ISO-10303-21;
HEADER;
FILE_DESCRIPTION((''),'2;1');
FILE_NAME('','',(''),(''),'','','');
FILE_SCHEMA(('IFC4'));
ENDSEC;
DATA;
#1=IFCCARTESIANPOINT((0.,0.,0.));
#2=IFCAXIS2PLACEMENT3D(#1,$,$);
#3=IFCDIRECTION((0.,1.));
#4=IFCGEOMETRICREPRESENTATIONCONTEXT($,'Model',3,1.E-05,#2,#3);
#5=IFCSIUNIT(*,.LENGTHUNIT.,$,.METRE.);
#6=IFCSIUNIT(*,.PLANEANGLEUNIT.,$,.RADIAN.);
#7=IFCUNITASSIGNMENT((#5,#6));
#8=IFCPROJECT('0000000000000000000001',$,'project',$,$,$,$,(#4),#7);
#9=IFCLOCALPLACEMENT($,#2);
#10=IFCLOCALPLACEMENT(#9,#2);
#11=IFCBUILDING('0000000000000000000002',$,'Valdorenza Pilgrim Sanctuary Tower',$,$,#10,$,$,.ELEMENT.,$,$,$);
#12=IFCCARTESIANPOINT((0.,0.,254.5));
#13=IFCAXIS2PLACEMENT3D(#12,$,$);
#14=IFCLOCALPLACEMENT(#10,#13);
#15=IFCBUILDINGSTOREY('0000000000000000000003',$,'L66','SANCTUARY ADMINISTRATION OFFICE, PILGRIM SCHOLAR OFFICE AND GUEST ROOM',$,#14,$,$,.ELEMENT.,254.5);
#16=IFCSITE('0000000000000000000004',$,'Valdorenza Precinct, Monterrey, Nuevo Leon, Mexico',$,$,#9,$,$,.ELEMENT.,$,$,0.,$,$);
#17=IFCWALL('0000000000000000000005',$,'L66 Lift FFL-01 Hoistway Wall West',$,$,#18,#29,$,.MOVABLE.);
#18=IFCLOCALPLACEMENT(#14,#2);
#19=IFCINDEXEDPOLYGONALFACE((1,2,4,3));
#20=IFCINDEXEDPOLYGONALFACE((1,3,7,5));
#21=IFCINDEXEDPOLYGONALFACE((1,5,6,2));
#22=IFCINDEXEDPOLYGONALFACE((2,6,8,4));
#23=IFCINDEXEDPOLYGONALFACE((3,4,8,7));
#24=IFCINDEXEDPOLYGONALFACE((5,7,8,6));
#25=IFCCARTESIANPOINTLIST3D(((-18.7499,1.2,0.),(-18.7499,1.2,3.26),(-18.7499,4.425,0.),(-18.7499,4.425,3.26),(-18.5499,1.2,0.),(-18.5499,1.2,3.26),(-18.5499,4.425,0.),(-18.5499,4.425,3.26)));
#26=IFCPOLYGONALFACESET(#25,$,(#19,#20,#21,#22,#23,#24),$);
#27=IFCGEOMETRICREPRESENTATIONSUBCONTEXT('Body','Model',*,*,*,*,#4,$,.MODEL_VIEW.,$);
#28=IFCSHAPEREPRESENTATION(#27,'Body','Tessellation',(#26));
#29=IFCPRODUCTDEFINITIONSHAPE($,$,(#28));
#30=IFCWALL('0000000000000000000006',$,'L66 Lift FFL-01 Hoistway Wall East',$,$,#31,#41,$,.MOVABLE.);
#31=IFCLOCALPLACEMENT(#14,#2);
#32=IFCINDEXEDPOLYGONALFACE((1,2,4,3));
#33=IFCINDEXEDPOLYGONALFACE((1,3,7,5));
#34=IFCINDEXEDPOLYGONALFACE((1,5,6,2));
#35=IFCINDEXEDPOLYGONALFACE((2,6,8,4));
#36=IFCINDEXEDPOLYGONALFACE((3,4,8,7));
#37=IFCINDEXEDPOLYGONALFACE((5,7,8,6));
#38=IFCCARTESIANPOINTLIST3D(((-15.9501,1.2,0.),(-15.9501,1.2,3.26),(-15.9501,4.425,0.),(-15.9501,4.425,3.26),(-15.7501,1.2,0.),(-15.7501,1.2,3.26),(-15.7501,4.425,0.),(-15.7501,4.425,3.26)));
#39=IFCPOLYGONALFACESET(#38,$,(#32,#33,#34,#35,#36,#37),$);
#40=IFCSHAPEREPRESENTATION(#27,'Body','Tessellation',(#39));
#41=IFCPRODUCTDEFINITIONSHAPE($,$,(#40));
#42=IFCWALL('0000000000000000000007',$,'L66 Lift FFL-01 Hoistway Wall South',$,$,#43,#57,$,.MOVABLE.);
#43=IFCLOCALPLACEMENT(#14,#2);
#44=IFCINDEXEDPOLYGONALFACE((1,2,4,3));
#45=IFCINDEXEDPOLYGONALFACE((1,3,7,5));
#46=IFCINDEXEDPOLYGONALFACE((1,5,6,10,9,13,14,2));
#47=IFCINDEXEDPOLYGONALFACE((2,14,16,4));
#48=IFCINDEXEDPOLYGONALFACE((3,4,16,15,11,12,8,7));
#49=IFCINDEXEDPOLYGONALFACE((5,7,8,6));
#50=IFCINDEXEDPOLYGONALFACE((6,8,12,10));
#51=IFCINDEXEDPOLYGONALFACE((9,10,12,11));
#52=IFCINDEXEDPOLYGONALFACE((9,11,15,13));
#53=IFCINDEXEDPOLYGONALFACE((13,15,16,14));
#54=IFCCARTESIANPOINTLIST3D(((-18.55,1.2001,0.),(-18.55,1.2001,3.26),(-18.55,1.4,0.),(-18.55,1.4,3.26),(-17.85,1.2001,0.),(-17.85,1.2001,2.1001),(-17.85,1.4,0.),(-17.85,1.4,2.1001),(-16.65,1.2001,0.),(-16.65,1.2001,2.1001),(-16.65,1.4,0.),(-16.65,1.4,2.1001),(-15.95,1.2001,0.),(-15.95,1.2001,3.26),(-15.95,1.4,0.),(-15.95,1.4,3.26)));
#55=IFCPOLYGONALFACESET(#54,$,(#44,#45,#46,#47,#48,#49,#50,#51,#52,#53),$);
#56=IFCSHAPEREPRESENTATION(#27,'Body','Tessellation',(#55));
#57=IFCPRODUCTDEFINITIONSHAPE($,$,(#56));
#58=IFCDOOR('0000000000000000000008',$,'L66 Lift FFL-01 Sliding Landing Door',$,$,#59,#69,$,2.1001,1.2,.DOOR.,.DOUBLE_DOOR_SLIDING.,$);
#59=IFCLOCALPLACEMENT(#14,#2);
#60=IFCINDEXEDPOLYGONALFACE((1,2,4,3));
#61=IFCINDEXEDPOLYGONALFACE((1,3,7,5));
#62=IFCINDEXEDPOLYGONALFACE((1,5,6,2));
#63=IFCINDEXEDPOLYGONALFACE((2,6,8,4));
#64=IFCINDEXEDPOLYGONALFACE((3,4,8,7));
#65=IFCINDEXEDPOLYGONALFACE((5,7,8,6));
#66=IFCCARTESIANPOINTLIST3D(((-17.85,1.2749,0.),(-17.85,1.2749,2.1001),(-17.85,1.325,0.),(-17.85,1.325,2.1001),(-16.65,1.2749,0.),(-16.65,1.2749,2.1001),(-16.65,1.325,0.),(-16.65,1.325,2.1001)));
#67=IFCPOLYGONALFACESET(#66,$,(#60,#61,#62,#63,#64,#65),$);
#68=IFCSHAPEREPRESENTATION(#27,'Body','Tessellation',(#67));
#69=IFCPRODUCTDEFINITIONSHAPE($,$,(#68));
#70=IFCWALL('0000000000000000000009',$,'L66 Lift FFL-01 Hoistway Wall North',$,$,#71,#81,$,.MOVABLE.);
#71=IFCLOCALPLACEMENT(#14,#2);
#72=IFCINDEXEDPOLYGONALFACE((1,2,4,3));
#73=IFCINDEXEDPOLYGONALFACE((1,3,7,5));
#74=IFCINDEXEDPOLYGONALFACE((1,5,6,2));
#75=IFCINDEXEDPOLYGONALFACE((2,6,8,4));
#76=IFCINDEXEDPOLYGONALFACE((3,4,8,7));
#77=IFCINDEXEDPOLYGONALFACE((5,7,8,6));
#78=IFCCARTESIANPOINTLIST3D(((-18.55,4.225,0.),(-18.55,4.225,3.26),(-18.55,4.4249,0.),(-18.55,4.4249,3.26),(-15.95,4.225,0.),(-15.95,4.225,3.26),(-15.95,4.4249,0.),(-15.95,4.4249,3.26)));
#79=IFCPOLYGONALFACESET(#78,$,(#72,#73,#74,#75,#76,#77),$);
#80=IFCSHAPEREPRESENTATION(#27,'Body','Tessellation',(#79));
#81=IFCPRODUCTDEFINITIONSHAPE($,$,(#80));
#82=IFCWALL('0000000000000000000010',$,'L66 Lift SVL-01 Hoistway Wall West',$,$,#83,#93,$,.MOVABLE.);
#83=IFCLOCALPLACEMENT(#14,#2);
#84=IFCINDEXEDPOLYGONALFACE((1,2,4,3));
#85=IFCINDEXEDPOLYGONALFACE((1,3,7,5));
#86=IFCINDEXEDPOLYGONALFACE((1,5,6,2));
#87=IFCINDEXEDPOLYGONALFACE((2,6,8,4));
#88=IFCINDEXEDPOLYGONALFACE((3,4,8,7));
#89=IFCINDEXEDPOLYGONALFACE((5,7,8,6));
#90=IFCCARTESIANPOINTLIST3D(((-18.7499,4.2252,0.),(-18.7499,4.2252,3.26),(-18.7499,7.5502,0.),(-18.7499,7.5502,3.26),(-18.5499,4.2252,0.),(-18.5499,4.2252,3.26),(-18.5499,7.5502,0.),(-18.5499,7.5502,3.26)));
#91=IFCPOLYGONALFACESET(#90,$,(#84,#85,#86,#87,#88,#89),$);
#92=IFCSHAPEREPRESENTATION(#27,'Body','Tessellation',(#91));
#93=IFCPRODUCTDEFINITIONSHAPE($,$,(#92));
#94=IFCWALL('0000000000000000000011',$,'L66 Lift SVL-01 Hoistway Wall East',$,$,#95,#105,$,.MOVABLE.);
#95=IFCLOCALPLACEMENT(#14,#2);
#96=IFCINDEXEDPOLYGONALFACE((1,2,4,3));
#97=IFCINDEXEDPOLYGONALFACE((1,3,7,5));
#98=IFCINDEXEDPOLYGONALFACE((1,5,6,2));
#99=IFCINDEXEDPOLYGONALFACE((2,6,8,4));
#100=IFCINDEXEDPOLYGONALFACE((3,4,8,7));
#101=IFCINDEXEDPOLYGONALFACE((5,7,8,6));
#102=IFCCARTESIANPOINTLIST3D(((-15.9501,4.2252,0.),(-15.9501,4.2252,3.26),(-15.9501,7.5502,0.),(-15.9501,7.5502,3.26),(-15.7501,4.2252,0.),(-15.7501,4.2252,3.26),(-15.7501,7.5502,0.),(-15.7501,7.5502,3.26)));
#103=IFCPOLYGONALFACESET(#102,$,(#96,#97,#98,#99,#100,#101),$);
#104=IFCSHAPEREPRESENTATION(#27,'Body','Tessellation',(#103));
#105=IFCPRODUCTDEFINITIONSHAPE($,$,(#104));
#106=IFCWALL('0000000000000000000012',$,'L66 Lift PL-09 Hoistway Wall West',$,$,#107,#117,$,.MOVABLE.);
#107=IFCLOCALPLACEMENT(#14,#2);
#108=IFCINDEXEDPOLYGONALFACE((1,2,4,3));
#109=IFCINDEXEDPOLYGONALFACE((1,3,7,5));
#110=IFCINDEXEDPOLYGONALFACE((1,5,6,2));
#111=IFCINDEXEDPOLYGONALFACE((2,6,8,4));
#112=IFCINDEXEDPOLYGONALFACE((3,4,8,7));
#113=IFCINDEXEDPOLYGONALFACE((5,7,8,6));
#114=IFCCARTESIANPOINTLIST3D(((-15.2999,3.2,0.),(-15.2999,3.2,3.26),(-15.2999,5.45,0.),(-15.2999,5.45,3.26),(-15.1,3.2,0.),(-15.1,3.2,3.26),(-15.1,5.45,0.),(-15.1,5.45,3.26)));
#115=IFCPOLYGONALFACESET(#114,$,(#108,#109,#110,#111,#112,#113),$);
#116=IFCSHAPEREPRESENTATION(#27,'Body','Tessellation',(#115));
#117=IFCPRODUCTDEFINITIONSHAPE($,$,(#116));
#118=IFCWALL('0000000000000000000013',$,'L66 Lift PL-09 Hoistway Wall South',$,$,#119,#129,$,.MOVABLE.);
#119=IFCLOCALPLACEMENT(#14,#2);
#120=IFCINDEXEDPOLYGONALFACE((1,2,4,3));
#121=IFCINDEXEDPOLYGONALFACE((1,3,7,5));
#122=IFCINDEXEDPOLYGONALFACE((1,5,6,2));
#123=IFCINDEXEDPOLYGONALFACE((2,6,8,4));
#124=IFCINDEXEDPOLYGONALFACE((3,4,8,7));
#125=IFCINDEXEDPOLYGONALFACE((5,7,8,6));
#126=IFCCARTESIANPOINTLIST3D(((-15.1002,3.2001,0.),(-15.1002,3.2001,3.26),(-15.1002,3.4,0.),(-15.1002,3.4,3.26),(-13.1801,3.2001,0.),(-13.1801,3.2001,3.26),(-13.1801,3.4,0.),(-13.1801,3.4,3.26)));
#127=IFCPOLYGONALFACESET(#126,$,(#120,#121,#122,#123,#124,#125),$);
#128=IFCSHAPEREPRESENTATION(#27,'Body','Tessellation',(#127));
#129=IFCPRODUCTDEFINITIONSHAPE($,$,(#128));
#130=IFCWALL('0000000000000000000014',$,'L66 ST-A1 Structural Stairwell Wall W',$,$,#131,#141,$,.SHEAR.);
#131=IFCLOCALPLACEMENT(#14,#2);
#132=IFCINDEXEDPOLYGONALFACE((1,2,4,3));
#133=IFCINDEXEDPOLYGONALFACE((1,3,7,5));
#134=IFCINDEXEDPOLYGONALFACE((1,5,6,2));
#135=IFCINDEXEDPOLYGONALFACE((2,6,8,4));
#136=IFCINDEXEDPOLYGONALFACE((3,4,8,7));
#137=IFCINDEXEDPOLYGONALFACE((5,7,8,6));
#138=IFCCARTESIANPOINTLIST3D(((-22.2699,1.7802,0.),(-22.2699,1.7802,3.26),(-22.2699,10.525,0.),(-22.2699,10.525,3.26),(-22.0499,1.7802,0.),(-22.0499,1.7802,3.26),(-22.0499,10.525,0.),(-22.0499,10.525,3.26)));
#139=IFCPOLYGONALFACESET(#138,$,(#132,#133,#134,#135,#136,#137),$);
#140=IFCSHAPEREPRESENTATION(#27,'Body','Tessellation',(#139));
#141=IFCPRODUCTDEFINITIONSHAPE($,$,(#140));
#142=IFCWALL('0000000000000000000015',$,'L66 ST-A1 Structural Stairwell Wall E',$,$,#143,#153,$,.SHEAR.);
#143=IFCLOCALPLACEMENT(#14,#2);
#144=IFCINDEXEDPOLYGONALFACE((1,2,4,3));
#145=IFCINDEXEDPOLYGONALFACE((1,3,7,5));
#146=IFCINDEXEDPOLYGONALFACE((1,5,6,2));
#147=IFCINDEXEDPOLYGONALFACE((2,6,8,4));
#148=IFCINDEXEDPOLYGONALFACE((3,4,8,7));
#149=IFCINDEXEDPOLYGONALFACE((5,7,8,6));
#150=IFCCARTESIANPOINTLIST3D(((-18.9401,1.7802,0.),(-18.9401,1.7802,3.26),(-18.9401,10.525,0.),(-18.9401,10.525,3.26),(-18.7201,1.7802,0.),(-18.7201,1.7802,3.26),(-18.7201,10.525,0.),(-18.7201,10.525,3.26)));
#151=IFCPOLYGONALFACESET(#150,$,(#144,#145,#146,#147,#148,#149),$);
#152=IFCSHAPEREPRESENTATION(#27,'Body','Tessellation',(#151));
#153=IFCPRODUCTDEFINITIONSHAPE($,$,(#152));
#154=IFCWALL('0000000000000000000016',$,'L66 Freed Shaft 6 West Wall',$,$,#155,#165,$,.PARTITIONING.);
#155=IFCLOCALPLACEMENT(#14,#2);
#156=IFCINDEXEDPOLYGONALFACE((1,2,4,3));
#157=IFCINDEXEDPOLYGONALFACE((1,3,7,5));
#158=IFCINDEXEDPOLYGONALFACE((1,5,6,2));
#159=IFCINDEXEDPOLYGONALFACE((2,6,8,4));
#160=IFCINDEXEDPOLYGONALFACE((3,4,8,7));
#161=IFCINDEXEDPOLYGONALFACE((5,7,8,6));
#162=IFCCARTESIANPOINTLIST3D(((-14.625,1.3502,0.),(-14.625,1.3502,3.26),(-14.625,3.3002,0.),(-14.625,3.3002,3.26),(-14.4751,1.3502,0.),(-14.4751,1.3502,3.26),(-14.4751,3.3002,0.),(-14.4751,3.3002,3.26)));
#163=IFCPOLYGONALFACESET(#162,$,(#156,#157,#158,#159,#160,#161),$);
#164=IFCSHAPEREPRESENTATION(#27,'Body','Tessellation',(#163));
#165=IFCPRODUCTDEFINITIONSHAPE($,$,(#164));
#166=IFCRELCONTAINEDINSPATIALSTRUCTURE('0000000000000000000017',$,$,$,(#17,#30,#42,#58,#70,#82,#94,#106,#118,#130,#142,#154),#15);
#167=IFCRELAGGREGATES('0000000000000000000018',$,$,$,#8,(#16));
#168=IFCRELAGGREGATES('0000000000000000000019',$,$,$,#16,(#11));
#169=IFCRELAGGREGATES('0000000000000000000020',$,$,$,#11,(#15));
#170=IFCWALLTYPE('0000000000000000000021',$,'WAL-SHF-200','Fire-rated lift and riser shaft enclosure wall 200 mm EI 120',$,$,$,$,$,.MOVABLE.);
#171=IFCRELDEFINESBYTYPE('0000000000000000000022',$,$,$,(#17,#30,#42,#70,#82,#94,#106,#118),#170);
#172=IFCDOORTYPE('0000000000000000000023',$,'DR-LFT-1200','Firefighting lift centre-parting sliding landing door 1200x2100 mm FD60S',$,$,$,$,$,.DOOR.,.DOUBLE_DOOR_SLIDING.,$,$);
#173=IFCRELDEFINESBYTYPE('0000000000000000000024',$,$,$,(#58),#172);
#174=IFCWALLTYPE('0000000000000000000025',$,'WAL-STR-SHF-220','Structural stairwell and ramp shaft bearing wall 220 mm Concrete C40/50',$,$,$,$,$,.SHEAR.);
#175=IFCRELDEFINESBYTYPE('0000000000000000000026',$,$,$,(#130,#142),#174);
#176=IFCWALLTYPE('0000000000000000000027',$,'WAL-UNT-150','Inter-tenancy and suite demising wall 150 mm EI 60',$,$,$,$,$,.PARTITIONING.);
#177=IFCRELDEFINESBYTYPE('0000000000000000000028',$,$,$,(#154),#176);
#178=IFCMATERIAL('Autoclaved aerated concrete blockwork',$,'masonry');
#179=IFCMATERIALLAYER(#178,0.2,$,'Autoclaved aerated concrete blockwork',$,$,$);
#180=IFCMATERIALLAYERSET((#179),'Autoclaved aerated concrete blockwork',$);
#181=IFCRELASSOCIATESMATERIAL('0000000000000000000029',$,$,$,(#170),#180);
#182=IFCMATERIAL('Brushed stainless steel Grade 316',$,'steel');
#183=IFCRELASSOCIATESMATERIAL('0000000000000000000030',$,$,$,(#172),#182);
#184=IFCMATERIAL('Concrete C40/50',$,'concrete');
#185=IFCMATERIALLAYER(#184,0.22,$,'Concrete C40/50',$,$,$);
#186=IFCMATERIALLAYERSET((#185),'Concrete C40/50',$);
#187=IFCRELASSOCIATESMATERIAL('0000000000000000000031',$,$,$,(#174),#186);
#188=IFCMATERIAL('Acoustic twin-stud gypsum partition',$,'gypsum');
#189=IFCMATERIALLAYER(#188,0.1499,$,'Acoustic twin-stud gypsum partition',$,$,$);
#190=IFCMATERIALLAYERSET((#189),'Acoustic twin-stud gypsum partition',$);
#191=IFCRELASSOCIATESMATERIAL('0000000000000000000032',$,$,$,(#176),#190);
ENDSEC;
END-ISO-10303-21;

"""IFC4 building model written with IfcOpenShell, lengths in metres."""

from ifc_helpers import new_model, si_unit, direction, frame, frame_2d, origin, place, context, subcontext, project, spatial, rectangle, extrude, material, layer, layer_set, type_object, element, fill, save


model = new_model("IFC4")

# Units and contexts
model_context = context("Model", 3, precision=1e-05, world=origin(), true_north=direction((0.0, 1.0)))
body_context = subcontext(model_context, "Body", "Model", "MODEL_VIEW")
ifc_project = project(units=[si_unit("LENGTHUNIT", "METRE"), si_unit("PLANEANGLEUNIT", "RADIAN")], contexts=[model_context])

# Site, building, storey
site_placement = place(None, origin())
site = spatial("IfcSite", under=ifc_project, at=site_placement, Name="Valdorenza Precinct, Monterrey, Nuevo Leon, Mexico", CompositionType="ELEMENT", RefElevation=0.0)
building_placement = place(site_placement, origin())
building = spatial("IfcBuilding", under=site, at=building_placement, Name="Valdorenza Pilgrim Sanctuary Tower", CompositionType="ELEMENT")
storey_placement = place(building_placement, frame((0.0, 0.0, 254.5)))
storey = spatial("IfcBuildingStorey", under=building, at=storey_placement, Name="L66", Description="SANCTUARY ADMINISTRATION OFFICE, PILGRIM SCHOLAR OFFICE AND GUEST ROOM", CompositionType="ELEMENT", Elevation=254.5)

# Walls
ifc_material_1 = material(Name="Autoclaved aerated concrete blockwork", Category="masonry")
ifc_layer_1 = layer(ifc_material_1, 0.2, Name="Autoclaved aerated concrete blockwork")
ifc_layer_set_1 = layer_set([ifc_layer_1], Name="Autoclaved aerated concrete blockwork")
wall_type_1 = type_object("IfcWallType", Name="WAL-SHF-200", Description="Fire-rated lift and riser shaft enclosure wall 200 mm EI 120", PredefinedType="MOVABLE", material=ifc_layer_set_1)
for number, where, z_axis, x_axis, name in (
    (1, (-18.6499, 1.2, 0.0), (0.0, 0.0, 1.0), (0.0, 1.0, 0.0), "L66 Lift FFL-01 Hoistway Wall West"),
    (2, (-15.8501, 1.2, 0.0), (0.0, 0.0, 1.0), (0.0, 1.0, 0.0), "L66 Lift FFL-01 Hoistway Wall East"),
):
    element("IfcWall", number, at=place(storey_placement, frame(where, z_axis=z_axis, x_axis=x_axis)), inside=storey, type_object=wall_type_1, Name=name, PredefinedType="MOVABLE", context=body_context, shape_type="SweptSolid", body=[
        extrude(rectangle(XDim=3.2251, YDim=0.2, at=frame_2d((1.6125, 0.0))), origin(), (0.0, 0.0, 1.0), 3.26),
    ])

# Wall, opening, door
wall_1_placement = place(storey_placement, frame((-18.55, 1.3, 0.0), z_axis=(0.0, 0.0, 1.0), x_axis=(1.0, 0.0, 0.0)))
wall_1 = element("IfcWall", 3, at=wall_1_placement, inside=storey, type_object=wall_type_1, Name="L66 Lift FFL-01 Hoistway Wall South", PredefinedType="MOVABLE", context=body_context, shape_type="SweptSolid", body=[
    extrude(rectangle(XDim=2.6001, YDim=0.2, at=frame_2d((1.3, 0.0))), origin(), (0.0, 0.0, 1.0), 3.26),
])
opening_1_placement = place(wall_1_placement, frame((0.7, 0.0, 0.0)))
opening_1 = element("IfcOpeningElement", 4, at=opening_1_placement, cuts=wall_1, PredefinedType="OPENING", context=body_context, shape_type="SweptSolid", body=[
    extrude(rectangle(XDim=1.2, YDim=2.1001, at=frame_2d((0.6001, 1.05))), frame((0.0, 0.1147, 0.0), z_axis=(0.0, -1.0, 0.0), x_axis=(1.0, 0.0, 0.0)), (0.0, 0.0, 1.0), 0.2297),
])
ifc_material_2 = material(Name="Brushed stainless steel Grade 316", Category="steel")
door_type_1 = type_object("IfcDoorType", Name="DR-LFT-1200", Description="Firefighting lift centre-parting sliding landing door 1200x2100 mm FD60S", OperationType="DOUBLE_DOOR_SLIDING", PredefinedType="DOOR", material=ifc_material_2)
door_1_placement = place(opening_1_placement, origin())
door_1 = element("IfcDoor", 5, at=door_1_placement, inside=storey, type_object=door_type_1, Name="L66 Lift FFL-01 Sliding Landing Door", OperationType="DOUBLE_DOOR_SLIDING", OverallHeight=2.1001, OverallWidth=1.2, PredefinedType="DOOR", context=body_context, shape_type="SweptSolid", body=[
    extrude(rectangle(XDim=1.2, YDim=2.1001, at=frame_2d((0.6001, 1.05))), frame((0.0, 0.0249, 0.0), z_axis=(0.0, -1.0, 0.0), x_axis=(1.0, 0.0, 0.0)), (0.0, 0.0, 1.0), 0.05),
])
fill(opening_1, door_1)

# Walls
wall_2_placement = place(storey_placement, frame((-18.55, 4.325, 0.0), z_axis=(0.0, 0.0, 1.0), x_axis=(1.0, 0.0, 0.0)))
element("IfcWall", 6, at=wall_2_placement, inside=storey, type_object=wall_type_1, Name="L66 Lift FFL-01 Hoistway Wall North", PredefinedType="MOVABLE", context=body_context, shape_type="SweptSolid", body=[
    extrude(rectangle(XDim=2.6001, YDim=0.2, at=frame_2d((1.3, 0.0))), origin(), (0.0, 0.0, 1.0), 3.26),
])
for number, where, z_axis, x_axis, name in (
    (7, (-18.6499, 4.2251, 0.0), (0.0, 0.0, 1.0), (0.0, 1.0, 0.0), "L66 Lift SVL-01 Hoistway Wall West"),
    (8, (-15.8501, 4.2251, 0.0), (0.0, 0.0, 1.0), (0.0, 1.0, 0.0), "L66 Lift SVL-01 Hoistway Wall East"),
):
    element("IfcWall", number, at=place(storey_placement, frame(where, z_axis=z_axis, x_axis=x_axis)), inside=storey, type_object=wall_type_1, Name=name, PredefinedType="MOVABLE", context=body_context, shape_type="SweptSolid", body=[
        extrude(rectangle(XDim=3.325, YDim=0.2, at=frame_2d((1.6626, 0.0))), origin(), (0.0, 0.0, 1.0), 3.26),
    ])
wall_3_placement = place(storey_placement, frame((-15.2, 3.2, 0.0), z_axis=(0.0, 0.0, 1.0), x_axis=(0.0, 1.0, 0.0)))
element("IfcWall", 9, at=wall_3_placement, inside=storey, type_object=wall_type_1, Name="L66 Lift PL-09 Hoistway Wall West", PredefinedType="MOVABLE", context=body_context, shape_type="SweptSolid", body=[
    extrude(rectangle(XDim=2.25, YDim=0.2, at=frame_2d((1.125, 0.0))), origin(), (0.0, 0.0, 1.0), 3.26),
])
wall_4_placement = place(storey_placement, frame((-15.1001, 3.3, 0.0), z_axis=(0.0, 0.0, 1.0), x_axis=(1.0, 0.0, 0.0)))
element("IfcWall", 10, at=wall_4_placement, inside=storey, type_object=wall_type_1, Name="L66 Lift PL-09 Hoistway Wall South", PredefinedType="MOVABLE", context=body_context, shape_type="SweptSolid", body=[
    extrude(rectangle(XDim=1.9202, YDim=0.2, at=frame_2d((0.96, 0.0))), origin(), (0.0, 0.0, 1.0), 3.26),
])
ifc_material_3 = material(Name="Concrete C40/50", Category="concrete")
ifc_layer_2 = layer(ifc_material_3, 0.22, Name="Concrete C40/50")
ifc_layer_set_2 = layer_set([ifc_layer_2], Name="Concrete C40/50")
wall_type_2 = type_object("IfcWallType", Name="WAL-STR-SHF-220", Description="Structural stairwell and ramp shaft bearing wall 220 mm Concrete C40/50", PredefinedType="SHEAR", material=ifc_layer_set_2)
for number, where, z_axis, x_axis, name in (
    (11, (-22.1599, 1.78, 0.0), (0.0, 0.0, 1.0), (0.0, 1.0, 0.0), "L66 ST-A1 Structural Stairwell Wall W"),
    (12, (-18.8301, 1.78, 0.0), (0.0, 0.0, 1.0), (0.0, 1.0, 0.0), "L66 ST-A1 Structural Stairwell Wall E"),
):
    element("IfcWall", number, at=place(storey_placement, frame(where, z_axis=z_axis, x_axis=x_axis)), inside=storey, type_object=wall_type_2, Name=name, PredefinedType="SHEAR", context=body_context, shape_type="SweptSolid", body=[
        extrude(rectangle(XDim=8.7449, YDim=0.22, at=frame_2d((4.3726, 0.0))), origin(), (0.0, 0.0, 1.0), 3.26),
    ])

# Wall
ifc_material_4 = material(Name="Acoustic twin-stud gypsum partition", Category="gypsum")
ifc_layer_3 = layer(ifc_material_4, 0.1499, Name="Acoustic twin-stud gypsum partition")
ifc_layer_set_3 = layer_set([ifc_layer_3], Name="Acoustic twin-stud gypsum partition")
wall_type_3 = type_object("IfcWallType", Name="WAL-UNT-150", Description="Inter-tenancy and suite demising wall 150 mm EI 60", PredefinedType="PARTITIONING", material=ifc_layer_set_3)
wall_5_placement = place(storey_placement, frame((-14.55, 1.3501, 0.0), z_axis=(0.0, 0.0, 1.0), x_axis=(0.0, 1.0, 0.0)))
element("IfcWall", 13, at=wall_5_placement, inside=storey, type_object=wall_type_3, Name="L66 Freed Shaft 6 West Wall", PredefinedType="PARTITIONING", context=body_context, shape_type="SweptSolid", body=[
    extrude(rectangle(XDim=1.95, YDim=0.1499, at=frame_2d((0.9751, 0.0))), origin(), (0.0, 0.0, 1.0), 3.26),
])

save(model, "model.ifc")
